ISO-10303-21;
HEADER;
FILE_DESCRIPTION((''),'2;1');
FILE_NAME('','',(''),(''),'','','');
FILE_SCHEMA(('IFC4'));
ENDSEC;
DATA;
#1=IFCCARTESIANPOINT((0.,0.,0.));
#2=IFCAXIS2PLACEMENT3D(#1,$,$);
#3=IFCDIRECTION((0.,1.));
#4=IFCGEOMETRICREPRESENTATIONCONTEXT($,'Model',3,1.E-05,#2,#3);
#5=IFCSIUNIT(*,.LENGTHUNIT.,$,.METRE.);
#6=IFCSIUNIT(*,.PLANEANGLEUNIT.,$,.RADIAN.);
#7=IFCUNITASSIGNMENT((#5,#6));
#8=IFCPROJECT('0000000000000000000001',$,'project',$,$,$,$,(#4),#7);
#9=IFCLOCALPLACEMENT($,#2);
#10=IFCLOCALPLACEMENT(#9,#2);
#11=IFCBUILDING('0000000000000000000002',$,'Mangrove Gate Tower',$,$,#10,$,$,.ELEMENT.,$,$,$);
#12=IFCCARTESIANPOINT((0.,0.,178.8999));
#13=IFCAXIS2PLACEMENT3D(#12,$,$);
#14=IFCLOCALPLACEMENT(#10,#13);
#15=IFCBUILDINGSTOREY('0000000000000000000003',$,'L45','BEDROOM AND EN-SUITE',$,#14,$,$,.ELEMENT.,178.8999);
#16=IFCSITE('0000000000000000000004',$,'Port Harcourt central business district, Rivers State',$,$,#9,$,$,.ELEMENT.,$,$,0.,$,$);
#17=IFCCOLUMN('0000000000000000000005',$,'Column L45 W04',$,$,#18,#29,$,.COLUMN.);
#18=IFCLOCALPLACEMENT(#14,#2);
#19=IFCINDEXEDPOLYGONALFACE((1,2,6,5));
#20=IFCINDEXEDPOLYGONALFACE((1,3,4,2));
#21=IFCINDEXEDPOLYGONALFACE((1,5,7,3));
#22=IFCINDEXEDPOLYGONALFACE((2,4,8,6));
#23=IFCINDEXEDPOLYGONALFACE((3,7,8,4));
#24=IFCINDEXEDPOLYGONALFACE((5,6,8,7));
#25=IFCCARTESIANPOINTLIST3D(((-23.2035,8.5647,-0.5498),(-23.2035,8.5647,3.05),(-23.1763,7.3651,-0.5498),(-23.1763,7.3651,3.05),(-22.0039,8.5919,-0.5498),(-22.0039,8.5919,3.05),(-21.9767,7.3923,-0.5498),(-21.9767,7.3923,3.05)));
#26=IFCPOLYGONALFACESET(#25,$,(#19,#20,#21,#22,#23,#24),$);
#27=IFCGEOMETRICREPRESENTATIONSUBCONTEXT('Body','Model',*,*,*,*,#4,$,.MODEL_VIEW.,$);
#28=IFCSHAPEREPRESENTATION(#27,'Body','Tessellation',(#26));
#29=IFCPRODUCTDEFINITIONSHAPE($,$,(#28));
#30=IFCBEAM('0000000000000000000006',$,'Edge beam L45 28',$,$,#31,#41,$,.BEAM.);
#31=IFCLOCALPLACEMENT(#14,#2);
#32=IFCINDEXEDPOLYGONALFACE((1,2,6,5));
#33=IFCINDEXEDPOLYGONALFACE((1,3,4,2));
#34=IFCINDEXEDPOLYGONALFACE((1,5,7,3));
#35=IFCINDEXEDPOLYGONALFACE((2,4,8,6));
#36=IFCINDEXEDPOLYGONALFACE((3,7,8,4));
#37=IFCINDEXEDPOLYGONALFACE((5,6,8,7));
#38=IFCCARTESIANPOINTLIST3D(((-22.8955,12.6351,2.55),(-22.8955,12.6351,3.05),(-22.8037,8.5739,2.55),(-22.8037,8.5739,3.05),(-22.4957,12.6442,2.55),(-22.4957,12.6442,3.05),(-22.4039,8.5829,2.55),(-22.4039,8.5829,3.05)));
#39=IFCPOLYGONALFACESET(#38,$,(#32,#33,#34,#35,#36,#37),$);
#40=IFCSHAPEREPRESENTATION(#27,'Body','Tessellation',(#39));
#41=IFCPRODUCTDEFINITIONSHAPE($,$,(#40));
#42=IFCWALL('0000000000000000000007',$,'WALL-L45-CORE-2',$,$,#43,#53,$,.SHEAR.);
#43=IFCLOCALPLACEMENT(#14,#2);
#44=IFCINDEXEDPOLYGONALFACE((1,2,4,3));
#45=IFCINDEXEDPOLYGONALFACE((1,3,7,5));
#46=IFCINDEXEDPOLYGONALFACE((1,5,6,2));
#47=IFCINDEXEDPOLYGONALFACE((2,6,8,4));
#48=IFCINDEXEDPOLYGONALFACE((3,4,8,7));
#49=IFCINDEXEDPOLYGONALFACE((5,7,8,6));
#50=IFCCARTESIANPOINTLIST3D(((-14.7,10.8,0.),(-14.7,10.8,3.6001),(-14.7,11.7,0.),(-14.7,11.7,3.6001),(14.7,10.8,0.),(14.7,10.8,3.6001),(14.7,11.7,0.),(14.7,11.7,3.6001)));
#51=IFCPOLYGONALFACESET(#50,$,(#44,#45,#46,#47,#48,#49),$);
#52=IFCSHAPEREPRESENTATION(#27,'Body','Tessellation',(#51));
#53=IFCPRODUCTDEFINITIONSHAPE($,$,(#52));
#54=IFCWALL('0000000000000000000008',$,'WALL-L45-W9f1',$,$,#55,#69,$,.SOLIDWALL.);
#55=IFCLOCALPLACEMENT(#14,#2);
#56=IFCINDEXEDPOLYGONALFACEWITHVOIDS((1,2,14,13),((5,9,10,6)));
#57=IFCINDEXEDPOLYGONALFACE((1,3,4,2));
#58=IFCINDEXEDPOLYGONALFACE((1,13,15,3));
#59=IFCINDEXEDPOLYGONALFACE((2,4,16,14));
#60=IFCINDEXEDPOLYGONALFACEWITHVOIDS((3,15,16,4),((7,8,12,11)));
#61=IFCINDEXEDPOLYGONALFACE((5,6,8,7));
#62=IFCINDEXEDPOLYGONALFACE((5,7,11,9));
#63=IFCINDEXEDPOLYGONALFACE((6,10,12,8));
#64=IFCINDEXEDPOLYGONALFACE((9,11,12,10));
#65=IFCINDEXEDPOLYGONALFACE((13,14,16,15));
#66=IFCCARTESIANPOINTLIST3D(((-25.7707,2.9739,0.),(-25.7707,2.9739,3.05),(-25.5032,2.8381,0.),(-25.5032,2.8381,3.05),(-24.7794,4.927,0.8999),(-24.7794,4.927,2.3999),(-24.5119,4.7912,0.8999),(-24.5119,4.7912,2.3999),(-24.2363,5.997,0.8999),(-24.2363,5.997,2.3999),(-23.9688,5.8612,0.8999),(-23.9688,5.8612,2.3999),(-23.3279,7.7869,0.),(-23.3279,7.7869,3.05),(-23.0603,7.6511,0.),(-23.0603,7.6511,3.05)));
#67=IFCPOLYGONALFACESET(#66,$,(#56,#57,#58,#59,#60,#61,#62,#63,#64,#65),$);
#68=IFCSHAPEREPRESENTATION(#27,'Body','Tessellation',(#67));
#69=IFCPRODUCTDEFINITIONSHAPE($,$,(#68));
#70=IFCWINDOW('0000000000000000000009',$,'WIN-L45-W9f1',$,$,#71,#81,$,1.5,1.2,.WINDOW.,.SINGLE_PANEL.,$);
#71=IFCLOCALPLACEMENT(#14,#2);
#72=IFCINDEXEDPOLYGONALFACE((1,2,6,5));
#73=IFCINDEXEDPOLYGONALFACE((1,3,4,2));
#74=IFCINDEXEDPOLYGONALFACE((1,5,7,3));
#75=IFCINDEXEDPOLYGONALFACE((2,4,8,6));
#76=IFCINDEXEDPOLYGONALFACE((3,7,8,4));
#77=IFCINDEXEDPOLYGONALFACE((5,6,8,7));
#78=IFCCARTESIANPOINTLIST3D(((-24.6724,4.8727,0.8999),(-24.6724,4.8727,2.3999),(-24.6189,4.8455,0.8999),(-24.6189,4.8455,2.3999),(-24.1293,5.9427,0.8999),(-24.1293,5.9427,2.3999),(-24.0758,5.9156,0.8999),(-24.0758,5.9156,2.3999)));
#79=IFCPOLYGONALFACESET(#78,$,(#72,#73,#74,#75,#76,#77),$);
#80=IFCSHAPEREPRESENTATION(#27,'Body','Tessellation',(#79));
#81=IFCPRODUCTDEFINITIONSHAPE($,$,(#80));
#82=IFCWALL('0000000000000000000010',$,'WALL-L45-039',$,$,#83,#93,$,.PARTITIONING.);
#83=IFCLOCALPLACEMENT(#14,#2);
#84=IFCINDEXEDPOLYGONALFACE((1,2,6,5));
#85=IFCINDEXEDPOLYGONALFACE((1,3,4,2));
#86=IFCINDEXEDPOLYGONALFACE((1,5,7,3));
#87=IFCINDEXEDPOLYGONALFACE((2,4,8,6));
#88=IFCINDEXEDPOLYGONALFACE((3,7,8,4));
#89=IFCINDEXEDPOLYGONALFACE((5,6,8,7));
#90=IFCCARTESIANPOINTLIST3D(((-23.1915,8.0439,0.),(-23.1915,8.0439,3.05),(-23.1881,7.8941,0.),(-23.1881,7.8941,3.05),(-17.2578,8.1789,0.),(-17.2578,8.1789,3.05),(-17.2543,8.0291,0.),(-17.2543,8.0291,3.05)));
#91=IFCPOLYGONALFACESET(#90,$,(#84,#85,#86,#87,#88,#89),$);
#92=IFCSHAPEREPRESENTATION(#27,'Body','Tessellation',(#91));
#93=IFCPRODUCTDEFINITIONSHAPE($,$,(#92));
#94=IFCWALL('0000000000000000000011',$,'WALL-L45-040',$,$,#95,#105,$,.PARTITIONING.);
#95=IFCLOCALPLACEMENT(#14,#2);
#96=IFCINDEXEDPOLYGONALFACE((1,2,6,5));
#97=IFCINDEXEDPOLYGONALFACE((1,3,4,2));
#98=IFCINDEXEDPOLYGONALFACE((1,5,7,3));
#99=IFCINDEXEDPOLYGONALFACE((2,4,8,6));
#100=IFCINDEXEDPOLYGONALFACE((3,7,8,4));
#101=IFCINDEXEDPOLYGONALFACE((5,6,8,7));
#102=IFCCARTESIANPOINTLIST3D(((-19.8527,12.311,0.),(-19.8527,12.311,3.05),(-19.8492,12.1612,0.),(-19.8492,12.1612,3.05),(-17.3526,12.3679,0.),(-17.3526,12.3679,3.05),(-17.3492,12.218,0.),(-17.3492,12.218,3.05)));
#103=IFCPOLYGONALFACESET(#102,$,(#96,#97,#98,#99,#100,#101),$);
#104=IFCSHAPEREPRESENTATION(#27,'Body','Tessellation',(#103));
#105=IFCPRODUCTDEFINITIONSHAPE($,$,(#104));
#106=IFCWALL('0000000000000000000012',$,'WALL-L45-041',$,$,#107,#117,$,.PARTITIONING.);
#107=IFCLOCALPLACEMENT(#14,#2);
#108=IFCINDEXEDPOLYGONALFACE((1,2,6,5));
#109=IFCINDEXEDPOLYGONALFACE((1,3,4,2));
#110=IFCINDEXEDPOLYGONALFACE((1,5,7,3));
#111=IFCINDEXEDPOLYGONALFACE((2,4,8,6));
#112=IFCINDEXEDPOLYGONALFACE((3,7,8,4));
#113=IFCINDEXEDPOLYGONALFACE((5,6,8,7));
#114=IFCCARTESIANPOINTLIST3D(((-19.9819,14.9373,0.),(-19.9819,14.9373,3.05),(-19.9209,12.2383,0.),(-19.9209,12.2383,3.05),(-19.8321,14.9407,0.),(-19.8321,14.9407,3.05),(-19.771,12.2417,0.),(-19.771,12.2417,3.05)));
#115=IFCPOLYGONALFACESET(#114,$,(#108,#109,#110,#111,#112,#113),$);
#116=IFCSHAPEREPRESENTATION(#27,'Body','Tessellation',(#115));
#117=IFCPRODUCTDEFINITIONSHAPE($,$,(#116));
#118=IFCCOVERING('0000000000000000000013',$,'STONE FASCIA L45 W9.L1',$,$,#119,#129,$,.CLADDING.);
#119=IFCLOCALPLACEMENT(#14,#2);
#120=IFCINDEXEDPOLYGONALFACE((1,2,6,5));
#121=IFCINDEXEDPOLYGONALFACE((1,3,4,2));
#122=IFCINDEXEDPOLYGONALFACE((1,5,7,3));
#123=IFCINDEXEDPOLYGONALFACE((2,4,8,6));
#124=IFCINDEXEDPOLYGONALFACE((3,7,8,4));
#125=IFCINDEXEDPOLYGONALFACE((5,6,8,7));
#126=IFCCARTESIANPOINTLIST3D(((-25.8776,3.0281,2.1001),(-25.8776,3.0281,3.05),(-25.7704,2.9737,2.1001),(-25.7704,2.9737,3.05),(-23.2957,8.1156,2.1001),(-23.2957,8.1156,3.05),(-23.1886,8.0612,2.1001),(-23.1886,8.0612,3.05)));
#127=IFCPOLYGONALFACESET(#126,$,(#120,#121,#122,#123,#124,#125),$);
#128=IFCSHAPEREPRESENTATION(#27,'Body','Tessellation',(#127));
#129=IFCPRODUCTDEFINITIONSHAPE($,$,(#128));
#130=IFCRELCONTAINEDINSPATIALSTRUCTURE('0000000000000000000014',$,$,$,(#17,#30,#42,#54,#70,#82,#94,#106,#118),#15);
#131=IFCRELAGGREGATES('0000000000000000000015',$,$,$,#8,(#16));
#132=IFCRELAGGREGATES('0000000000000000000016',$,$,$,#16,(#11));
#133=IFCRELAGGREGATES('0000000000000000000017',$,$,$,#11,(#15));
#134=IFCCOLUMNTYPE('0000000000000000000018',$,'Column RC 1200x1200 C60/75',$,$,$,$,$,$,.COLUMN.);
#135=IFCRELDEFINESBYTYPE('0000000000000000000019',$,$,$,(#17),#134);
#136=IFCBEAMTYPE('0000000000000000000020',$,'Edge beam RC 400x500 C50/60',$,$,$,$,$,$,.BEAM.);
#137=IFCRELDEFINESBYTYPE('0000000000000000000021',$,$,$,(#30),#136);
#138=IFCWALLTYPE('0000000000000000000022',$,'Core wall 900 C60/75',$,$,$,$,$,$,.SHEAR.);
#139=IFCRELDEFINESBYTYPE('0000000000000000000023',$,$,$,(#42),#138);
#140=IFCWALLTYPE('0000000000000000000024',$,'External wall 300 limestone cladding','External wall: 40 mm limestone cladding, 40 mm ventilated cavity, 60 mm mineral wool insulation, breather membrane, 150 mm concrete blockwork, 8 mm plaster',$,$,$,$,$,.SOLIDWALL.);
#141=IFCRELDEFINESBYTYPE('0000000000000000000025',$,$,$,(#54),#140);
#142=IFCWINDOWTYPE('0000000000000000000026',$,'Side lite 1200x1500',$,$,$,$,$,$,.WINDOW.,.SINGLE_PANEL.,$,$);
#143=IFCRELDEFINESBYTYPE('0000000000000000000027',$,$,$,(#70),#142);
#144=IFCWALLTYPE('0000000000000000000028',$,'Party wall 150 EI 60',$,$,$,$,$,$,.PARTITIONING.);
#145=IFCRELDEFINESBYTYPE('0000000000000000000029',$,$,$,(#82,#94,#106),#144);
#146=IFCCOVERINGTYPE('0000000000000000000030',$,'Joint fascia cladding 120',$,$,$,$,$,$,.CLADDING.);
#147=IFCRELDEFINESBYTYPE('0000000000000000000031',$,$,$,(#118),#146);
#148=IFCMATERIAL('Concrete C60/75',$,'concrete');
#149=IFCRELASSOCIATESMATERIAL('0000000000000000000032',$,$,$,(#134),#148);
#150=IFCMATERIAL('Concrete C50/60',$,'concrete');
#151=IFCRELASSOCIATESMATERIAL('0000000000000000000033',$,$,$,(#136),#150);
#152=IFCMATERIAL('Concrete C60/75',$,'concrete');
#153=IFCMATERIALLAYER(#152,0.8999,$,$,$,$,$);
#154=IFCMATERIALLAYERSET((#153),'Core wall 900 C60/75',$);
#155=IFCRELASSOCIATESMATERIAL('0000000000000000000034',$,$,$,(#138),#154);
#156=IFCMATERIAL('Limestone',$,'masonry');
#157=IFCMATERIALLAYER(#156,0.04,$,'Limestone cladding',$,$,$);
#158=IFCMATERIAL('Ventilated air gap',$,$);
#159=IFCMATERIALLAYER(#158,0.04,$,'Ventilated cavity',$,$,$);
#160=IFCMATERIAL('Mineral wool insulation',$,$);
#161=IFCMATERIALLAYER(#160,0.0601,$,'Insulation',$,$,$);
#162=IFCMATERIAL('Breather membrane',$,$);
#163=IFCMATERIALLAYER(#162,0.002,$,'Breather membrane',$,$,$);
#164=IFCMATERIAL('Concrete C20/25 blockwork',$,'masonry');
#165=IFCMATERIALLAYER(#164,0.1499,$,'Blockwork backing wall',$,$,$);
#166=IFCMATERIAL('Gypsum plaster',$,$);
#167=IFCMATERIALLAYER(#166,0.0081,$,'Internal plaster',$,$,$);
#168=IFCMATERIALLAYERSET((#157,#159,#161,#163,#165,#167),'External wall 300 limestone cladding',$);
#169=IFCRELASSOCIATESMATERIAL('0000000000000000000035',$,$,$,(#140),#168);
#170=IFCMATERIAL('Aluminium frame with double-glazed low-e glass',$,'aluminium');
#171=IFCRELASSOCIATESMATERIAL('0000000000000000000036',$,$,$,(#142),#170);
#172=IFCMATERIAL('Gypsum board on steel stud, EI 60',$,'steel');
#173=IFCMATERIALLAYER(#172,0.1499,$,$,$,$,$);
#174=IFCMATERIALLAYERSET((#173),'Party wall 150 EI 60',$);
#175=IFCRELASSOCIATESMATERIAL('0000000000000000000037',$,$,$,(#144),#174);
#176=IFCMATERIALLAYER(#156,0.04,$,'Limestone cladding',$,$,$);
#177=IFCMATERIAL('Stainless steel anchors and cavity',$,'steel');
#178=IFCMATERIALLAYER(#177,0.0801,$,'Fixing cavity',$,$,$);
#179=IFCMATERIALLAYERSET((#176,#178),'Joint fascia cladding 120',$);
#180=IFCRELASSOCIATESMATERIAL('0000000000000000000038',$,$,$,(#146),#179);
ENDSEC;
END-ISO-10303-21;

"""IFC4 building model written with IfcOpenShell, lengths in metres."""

from ifc_helpers import new_model, si_unit, direction, frame, frame_2d, origin, origin_2d, place, context, subcontext, project, spatial, rectangle, extrude, material, layer, layer_set, material_profile, profile_set, type_object, element, fill, save


model = new_model("IFC4")

# Units and contexts
model_context = context("Model", 3, precision=1e-05, world=origin(), true_north=direction((0.0, 1.0)))
body_context = subcontext(model_context, "Body", "Model", "MODEL_VIEW")
ifc_project = project(units=[si_unit("LENGTHUNIT", "METRE"), si_unit("PLANEANGLEUNIT", "RADIAN")], contexts=[model_context])

# Site, building, storey
site_placement = place(None, origin())
site = spatial("IfcSite", under=ifc_project, at=site_placement, Name="Port Harcourt central business district, Rivers State", CompositionType="ELEMENT", RefElevation=0.0)
building_placement = place(site_placement, origin())
building = spatial("IfcBuilding", under=site, at=building_placement, Name="Mangrove Gate Tower", CompositionType="ELEMENT")
storey_placement = place(building_placement, frame((0.0, 0.0, 178.8999)))
storey = spatial("IfcBuildingStorey", under=building, at=storey_placement, Name="L45", Description="BEDROOM AND EN-SUITE", CompositionType="ELEMENT", Elevation=178.8999)

# Column
ifc_material_1 = material(Name="Concrete C60/75", Category="concrete")
ifc_material_profile_1 = material_profile(ifc_material_1, rectangle(XDim=1.2, YDim=1.2, at=origin_2d()))
ifc_profile_set_1 = profile_set([ifc_material_profile_1], Name="Concrete C60/75")
column_type = type_object("IfcColumnType", Name="Column RC 1200x1200 C60/75", PredefinedType="COLUMN", material=ifc_profile_set_1)
column_placement = place(storey_placement, frame((-22.5901, 7.9785, -0.5498), z_axis=(0.0, 0.0, 1.0), x_axis=(0.022668, -0.999743, 0.0)))
element("IfcColumn", 1, at=column_placement, inside=storey, type_object=column_type, Name="Column L45 W04", PredefinedType="COLUMN", context=body_context, shape_type="SweptSolid", body=[
    extrude(rectangle(XDim=1.2, YDim=1.2, at=origin_2d()), origin(), (0.0, 0.0, 1.0), 3.5999),
])

# Beam
ifc_material_2 = material(Name="Concrete C50/60", Category="concrete")
ifc_material_profile_2 = material_profile(ifc_material_2, rectangle(XDim=0.3999, YDim=0.5, at=origin_2d()))
ifc_profile_set_2 = profile_set([ifc_material_profile_2], Name="Concrete C50/60")
beam_type = type_object("IfcBeamType", Name="Edge beam RC 400x500 C50/60", PredefinedType="BEAM", material=ifc_profile_set_2)
beam_placement = place(storey_placement, frame((-22.6956, 12.6396, 2.8), z_axis=(0.022597, -0.999745, 0.0), x_axis=(0.999745, 0.022597, 0.0)))
element("IfcBeam", 2, at=beam_placement, inside=storey, type_object=beam_type, Name="Edge beam L45 28", PredefinedType="BEAM", context=body_context, shape_type="SweptSolid", body=[
    extrude(rectangle(XDim=0.3999, YDim=0.5, at=origin_2d()), origin(), (0.0, 0.0, 1.0), 4.0623),
])

# Wall
ifc_material_3 = material(Name="Concrete C60/75", Category="concrete")
ifc_layer_1 = layer(ifc_material_3, 0.8999)
ifc_layer_set_1 = layer_set([ifc_layer_1], Name="Core wall 900 C60/75")
wall_type_1 = type_object("IfcWallType", Name="Core wall 900 C60/75", PredefinedType="SHEAR", material=ifc_layer_set_1)
wall_1_placement = place(storey_placement, frame((-14.7, 11.25, 0.0), z_axis=(0.0, 0.0, 1.0), x_axis=(1.0, 0.0, 0.0)))
element("IfcWall", 3, at=wall_1_placement, inside=storey, type_object=wall_type_1, Name="WALL-L45-CORE-2", PredefinedType="SHEAR", context=body_context, shape_type="SweptSolid", body=[
    extrude(rectangle(XDim=29.3999, YDim=0.8999, at=frame_2d((14.7, 0.0))), origin(), (0.0, 0.0, 1.0), 3.6001),
])

# Wall, opening, window
ifc_material_4 = material(Name="Limestone", Category="masonry")
ifc_layer_2 = layer(ifc_material_4, 0.04, Name="Limestone cladding")
ifc_material_5 = material(Name="Ventilated air gap")
ifc_layer_3 = layer(ifc_material_5, 0.04, Name="Ventilated cavity")
ifc_material_6 = material(Name="Mineral wool insulation")
ifc_layer_4 = layer(ifc_material_6, 0.0601, Name="Insulation")
ifc_material_7 = material(Name="Breather membrane")
ifc_layer_5 = layer(ifc_material_7, 0.002, Name="Breather membrane")
ifc_material_8 = material(Name="Concrete C20/25 blockwork", Category="masonry")
ifc_layer_6 = layer(ifc_material_8, 0.1499, Name="Blockwork backing wall")
ifc_material_9 = material(Name="Gypsum plaster")
ifc_layer_7 = layer(ifc_material_9, 0.0081, Name="Internal plaster")
ifc_layer_set_2 = layer_set([ifc_layer_2, ifc_layer_3, ifc_layer_4, ifc_layer_5, ifc_layer_6, ifc_layer_7], Name="External wall 300 limestone cladding")
wall_type_2 = type_object("IfcWallType", Name="External wall 300 limestone cladding", Description="External wall: 40 mm limestone cladding, 40 mm ventilated cavity, 60 mm mineral wool insulation, breather membrane, 150 mm concrete blockwork, 8 mm plaster", PredefinedType="SOLIDWALL", material=ifc_layer_set_2)
wall_2_placement = place(storey_placement, frame((-23.1941, 7.719, 0.0), z_axis=(0.0, 0.0, 1.0), x_axis=(-0.452597, -0.891715, 0.0)))
wall_2 = element("IfcWall", 4, at=wall_2_placement, inside=storey, type_object=wall_type_2, Name="WALL-L45-W9f1", PredefinedType="SOLIDWALL", context=body_context, shape_type="SweptSolid", body=[
    extrude(rectangle(XDim=5.3975, YDim=0.3, at=frame_2d((2.6987, 0.0))), origin(), (0.0, 0.0, 1.0), 3.05),
])
opening_placement = place(wall_2_placement, frame((2.0071, 0.0, 0.8999)))
opening = element("IfcOpeningElement", 5, at=opening_placement, cuts=wall_2, PredefinedType="OPENING", context=body_context, shape_type="SweptSolid", body=[
    extrude(rectangle(XDim=1.2, YDim=1.5, at=frame_2d((0.6001, 0.75))), frame((0.0, 0.1599, 0.0), z_axis=(0.0, -1.0, 0.0), x_axis=(1.0, 0.0, 0.0)), (0.0, 0.0, 1.0), 0.3201),
])
ifc_material_10 = material(Name="Aluminium frame with double-glazed low-e glass", Category="aluminium")
window_type = type_object("IfcWindowType", Name="Side lite 1200x1500", PartitioningType="SINGLE_PANEL", PredefinedType="WINDOW", material=ifc_material_10)
window_placement = place(opening_placement, origin())
window = element("IfcWindow", 6, at=window_placement, inside=storey, type_object=window_type, Name="WIN-L45-W9f1", OverallHeight=1.5, OverallWidth=1.2, PartitioningType="SINGLE_PANEL", PredefinedType="WINDOW", context=body_context, shape_type="SweptSolid", body=[
    extrude(rectangle(XDim=1.2, YDim=1.5, at=frame_2d((0.6001, 0.75))), frame((0.0, 0.03, 0.0), z_axis=(0.0, -1.0, 0.0), x_axis=(1.0, 0.0, 0.0)), (0.0, 0.0, 1.0), 0.0601),
])
fill(opening, window)

# Walls
ifc_material_11 = material(Name="Gypsum board on steel stud, EI 60", Category="steel")
ifc_layer_8 = layer(ifc_material_11, 0.1499)
ifc_layer_set_3 = layer_set([ifc_layer_8], Name="Party wall 150 EI 60")
wall_type_3 = type_object("IfcWallType", Name="Party wall 150 EI 60", PredefinedType="PARTITIONING", material=ifc_layer_set_3)
wall_3_placement = place(storey_placement, frame((-23.1899, 7.969, 0.0), z_axis=(0.0, 0.0, 1.0), x_axis=(0.999741, 0.022747, 0.0)))
element("IfcWall", 7, at=wall_3_placement, inside=storey, type_object=wall_type_3, Name="WALL-L45-039", PredefinedType="PARTITIONING", context=body_context, shape_type="SweptSolid", body=[
    extrude(rectangle(XDim=5.9353, YDim=0.1499, at=frame_2d((2.9678, 0.0))), origin(), (0.0, 0.0, 1.0), 3.05),
])
wall_4_placement = place(storey_placement, frame((-19.8511, 12.2361, 0.0), z_axis=(0.0, 0.0, 1.0), x_axis=(0.999741, 0.022748, 0.0)))
element("IfcWall", 8, at=wall_4_placement, inside=storey, type_object=wall_type_3, Name="WALL-L45-040", PredefinedType="PARTITIONING", context=body_context, shape_type="SweptSolid", body=[
    extrude(rectangle(XDim=2.5007, YDim=0.1499, at=frame_2d((1.2505, 0.0))), origin(), (0.0, 0.0, 1.0), 3.05),
])
wall_5_placement = place(storey_placement, frame((-19.8459, 12.24, 0.0), z_axis=(0.0, 0.0, 1.0), x_axis=(-0.022608, 0.999744, 0.0)))
element("IfcWall", 9, at=wall_5_placement, inside=storey, type_object=wall_type_3, Name="WALL-L45-041", PredefinedType="PARTITIONING", context=body_context, shape_type="SweptSolid", body=[
    extrude(rectangle(XDim=2.6997, YDim=0.1499, at=frame_2d((1.3499, 0.0))), origin(), (0.0, 0.0, 1.0), 3.05),
])

# Covering
ifc_layer_9 = layer(ifc_material_4, 0.04, Name="Limestone cladding")
ifc_material_12 = material(Name="Stainless steel anchors and cavity", Category="steel")
ifc_layer_10 = layer(ifc_material_12, 0.0801, Name="Fixing cavity")
ifc_layer_set_4 = layer_set([ifc_layer_9, ifc_layer_10], Name="Joint fascia cladding 120")
covering_type = type_object("IfcCoveringType", Name="Joint fascia cladding 120", PredefinedType="CLADDING", material=ifc_layer_set_4)
covering_placement = place(storey_placement, frame((-23.2422, 8.0884, 2.1001), z_axis=(0.0, 0.0, 1.0), x_axis=(-0.452546, -0.891741, 0.0)))
element("IfcCovering", 10, at=covering_placement, inside=storey, type_object=covering_type, Name="STONE FASCIA L45 W9.L1", PredefinedType="CLADDING", context=body_context, shape_type="SweptSolid", body=[
    extrude(rectangle(XDim=5.7051, YDim=0.1201, at=frame_2d((2.8525, 0.0))), origin(), (0.0, 0.0, 1.0), 0.95),
])

save(model, "model.ifc")
